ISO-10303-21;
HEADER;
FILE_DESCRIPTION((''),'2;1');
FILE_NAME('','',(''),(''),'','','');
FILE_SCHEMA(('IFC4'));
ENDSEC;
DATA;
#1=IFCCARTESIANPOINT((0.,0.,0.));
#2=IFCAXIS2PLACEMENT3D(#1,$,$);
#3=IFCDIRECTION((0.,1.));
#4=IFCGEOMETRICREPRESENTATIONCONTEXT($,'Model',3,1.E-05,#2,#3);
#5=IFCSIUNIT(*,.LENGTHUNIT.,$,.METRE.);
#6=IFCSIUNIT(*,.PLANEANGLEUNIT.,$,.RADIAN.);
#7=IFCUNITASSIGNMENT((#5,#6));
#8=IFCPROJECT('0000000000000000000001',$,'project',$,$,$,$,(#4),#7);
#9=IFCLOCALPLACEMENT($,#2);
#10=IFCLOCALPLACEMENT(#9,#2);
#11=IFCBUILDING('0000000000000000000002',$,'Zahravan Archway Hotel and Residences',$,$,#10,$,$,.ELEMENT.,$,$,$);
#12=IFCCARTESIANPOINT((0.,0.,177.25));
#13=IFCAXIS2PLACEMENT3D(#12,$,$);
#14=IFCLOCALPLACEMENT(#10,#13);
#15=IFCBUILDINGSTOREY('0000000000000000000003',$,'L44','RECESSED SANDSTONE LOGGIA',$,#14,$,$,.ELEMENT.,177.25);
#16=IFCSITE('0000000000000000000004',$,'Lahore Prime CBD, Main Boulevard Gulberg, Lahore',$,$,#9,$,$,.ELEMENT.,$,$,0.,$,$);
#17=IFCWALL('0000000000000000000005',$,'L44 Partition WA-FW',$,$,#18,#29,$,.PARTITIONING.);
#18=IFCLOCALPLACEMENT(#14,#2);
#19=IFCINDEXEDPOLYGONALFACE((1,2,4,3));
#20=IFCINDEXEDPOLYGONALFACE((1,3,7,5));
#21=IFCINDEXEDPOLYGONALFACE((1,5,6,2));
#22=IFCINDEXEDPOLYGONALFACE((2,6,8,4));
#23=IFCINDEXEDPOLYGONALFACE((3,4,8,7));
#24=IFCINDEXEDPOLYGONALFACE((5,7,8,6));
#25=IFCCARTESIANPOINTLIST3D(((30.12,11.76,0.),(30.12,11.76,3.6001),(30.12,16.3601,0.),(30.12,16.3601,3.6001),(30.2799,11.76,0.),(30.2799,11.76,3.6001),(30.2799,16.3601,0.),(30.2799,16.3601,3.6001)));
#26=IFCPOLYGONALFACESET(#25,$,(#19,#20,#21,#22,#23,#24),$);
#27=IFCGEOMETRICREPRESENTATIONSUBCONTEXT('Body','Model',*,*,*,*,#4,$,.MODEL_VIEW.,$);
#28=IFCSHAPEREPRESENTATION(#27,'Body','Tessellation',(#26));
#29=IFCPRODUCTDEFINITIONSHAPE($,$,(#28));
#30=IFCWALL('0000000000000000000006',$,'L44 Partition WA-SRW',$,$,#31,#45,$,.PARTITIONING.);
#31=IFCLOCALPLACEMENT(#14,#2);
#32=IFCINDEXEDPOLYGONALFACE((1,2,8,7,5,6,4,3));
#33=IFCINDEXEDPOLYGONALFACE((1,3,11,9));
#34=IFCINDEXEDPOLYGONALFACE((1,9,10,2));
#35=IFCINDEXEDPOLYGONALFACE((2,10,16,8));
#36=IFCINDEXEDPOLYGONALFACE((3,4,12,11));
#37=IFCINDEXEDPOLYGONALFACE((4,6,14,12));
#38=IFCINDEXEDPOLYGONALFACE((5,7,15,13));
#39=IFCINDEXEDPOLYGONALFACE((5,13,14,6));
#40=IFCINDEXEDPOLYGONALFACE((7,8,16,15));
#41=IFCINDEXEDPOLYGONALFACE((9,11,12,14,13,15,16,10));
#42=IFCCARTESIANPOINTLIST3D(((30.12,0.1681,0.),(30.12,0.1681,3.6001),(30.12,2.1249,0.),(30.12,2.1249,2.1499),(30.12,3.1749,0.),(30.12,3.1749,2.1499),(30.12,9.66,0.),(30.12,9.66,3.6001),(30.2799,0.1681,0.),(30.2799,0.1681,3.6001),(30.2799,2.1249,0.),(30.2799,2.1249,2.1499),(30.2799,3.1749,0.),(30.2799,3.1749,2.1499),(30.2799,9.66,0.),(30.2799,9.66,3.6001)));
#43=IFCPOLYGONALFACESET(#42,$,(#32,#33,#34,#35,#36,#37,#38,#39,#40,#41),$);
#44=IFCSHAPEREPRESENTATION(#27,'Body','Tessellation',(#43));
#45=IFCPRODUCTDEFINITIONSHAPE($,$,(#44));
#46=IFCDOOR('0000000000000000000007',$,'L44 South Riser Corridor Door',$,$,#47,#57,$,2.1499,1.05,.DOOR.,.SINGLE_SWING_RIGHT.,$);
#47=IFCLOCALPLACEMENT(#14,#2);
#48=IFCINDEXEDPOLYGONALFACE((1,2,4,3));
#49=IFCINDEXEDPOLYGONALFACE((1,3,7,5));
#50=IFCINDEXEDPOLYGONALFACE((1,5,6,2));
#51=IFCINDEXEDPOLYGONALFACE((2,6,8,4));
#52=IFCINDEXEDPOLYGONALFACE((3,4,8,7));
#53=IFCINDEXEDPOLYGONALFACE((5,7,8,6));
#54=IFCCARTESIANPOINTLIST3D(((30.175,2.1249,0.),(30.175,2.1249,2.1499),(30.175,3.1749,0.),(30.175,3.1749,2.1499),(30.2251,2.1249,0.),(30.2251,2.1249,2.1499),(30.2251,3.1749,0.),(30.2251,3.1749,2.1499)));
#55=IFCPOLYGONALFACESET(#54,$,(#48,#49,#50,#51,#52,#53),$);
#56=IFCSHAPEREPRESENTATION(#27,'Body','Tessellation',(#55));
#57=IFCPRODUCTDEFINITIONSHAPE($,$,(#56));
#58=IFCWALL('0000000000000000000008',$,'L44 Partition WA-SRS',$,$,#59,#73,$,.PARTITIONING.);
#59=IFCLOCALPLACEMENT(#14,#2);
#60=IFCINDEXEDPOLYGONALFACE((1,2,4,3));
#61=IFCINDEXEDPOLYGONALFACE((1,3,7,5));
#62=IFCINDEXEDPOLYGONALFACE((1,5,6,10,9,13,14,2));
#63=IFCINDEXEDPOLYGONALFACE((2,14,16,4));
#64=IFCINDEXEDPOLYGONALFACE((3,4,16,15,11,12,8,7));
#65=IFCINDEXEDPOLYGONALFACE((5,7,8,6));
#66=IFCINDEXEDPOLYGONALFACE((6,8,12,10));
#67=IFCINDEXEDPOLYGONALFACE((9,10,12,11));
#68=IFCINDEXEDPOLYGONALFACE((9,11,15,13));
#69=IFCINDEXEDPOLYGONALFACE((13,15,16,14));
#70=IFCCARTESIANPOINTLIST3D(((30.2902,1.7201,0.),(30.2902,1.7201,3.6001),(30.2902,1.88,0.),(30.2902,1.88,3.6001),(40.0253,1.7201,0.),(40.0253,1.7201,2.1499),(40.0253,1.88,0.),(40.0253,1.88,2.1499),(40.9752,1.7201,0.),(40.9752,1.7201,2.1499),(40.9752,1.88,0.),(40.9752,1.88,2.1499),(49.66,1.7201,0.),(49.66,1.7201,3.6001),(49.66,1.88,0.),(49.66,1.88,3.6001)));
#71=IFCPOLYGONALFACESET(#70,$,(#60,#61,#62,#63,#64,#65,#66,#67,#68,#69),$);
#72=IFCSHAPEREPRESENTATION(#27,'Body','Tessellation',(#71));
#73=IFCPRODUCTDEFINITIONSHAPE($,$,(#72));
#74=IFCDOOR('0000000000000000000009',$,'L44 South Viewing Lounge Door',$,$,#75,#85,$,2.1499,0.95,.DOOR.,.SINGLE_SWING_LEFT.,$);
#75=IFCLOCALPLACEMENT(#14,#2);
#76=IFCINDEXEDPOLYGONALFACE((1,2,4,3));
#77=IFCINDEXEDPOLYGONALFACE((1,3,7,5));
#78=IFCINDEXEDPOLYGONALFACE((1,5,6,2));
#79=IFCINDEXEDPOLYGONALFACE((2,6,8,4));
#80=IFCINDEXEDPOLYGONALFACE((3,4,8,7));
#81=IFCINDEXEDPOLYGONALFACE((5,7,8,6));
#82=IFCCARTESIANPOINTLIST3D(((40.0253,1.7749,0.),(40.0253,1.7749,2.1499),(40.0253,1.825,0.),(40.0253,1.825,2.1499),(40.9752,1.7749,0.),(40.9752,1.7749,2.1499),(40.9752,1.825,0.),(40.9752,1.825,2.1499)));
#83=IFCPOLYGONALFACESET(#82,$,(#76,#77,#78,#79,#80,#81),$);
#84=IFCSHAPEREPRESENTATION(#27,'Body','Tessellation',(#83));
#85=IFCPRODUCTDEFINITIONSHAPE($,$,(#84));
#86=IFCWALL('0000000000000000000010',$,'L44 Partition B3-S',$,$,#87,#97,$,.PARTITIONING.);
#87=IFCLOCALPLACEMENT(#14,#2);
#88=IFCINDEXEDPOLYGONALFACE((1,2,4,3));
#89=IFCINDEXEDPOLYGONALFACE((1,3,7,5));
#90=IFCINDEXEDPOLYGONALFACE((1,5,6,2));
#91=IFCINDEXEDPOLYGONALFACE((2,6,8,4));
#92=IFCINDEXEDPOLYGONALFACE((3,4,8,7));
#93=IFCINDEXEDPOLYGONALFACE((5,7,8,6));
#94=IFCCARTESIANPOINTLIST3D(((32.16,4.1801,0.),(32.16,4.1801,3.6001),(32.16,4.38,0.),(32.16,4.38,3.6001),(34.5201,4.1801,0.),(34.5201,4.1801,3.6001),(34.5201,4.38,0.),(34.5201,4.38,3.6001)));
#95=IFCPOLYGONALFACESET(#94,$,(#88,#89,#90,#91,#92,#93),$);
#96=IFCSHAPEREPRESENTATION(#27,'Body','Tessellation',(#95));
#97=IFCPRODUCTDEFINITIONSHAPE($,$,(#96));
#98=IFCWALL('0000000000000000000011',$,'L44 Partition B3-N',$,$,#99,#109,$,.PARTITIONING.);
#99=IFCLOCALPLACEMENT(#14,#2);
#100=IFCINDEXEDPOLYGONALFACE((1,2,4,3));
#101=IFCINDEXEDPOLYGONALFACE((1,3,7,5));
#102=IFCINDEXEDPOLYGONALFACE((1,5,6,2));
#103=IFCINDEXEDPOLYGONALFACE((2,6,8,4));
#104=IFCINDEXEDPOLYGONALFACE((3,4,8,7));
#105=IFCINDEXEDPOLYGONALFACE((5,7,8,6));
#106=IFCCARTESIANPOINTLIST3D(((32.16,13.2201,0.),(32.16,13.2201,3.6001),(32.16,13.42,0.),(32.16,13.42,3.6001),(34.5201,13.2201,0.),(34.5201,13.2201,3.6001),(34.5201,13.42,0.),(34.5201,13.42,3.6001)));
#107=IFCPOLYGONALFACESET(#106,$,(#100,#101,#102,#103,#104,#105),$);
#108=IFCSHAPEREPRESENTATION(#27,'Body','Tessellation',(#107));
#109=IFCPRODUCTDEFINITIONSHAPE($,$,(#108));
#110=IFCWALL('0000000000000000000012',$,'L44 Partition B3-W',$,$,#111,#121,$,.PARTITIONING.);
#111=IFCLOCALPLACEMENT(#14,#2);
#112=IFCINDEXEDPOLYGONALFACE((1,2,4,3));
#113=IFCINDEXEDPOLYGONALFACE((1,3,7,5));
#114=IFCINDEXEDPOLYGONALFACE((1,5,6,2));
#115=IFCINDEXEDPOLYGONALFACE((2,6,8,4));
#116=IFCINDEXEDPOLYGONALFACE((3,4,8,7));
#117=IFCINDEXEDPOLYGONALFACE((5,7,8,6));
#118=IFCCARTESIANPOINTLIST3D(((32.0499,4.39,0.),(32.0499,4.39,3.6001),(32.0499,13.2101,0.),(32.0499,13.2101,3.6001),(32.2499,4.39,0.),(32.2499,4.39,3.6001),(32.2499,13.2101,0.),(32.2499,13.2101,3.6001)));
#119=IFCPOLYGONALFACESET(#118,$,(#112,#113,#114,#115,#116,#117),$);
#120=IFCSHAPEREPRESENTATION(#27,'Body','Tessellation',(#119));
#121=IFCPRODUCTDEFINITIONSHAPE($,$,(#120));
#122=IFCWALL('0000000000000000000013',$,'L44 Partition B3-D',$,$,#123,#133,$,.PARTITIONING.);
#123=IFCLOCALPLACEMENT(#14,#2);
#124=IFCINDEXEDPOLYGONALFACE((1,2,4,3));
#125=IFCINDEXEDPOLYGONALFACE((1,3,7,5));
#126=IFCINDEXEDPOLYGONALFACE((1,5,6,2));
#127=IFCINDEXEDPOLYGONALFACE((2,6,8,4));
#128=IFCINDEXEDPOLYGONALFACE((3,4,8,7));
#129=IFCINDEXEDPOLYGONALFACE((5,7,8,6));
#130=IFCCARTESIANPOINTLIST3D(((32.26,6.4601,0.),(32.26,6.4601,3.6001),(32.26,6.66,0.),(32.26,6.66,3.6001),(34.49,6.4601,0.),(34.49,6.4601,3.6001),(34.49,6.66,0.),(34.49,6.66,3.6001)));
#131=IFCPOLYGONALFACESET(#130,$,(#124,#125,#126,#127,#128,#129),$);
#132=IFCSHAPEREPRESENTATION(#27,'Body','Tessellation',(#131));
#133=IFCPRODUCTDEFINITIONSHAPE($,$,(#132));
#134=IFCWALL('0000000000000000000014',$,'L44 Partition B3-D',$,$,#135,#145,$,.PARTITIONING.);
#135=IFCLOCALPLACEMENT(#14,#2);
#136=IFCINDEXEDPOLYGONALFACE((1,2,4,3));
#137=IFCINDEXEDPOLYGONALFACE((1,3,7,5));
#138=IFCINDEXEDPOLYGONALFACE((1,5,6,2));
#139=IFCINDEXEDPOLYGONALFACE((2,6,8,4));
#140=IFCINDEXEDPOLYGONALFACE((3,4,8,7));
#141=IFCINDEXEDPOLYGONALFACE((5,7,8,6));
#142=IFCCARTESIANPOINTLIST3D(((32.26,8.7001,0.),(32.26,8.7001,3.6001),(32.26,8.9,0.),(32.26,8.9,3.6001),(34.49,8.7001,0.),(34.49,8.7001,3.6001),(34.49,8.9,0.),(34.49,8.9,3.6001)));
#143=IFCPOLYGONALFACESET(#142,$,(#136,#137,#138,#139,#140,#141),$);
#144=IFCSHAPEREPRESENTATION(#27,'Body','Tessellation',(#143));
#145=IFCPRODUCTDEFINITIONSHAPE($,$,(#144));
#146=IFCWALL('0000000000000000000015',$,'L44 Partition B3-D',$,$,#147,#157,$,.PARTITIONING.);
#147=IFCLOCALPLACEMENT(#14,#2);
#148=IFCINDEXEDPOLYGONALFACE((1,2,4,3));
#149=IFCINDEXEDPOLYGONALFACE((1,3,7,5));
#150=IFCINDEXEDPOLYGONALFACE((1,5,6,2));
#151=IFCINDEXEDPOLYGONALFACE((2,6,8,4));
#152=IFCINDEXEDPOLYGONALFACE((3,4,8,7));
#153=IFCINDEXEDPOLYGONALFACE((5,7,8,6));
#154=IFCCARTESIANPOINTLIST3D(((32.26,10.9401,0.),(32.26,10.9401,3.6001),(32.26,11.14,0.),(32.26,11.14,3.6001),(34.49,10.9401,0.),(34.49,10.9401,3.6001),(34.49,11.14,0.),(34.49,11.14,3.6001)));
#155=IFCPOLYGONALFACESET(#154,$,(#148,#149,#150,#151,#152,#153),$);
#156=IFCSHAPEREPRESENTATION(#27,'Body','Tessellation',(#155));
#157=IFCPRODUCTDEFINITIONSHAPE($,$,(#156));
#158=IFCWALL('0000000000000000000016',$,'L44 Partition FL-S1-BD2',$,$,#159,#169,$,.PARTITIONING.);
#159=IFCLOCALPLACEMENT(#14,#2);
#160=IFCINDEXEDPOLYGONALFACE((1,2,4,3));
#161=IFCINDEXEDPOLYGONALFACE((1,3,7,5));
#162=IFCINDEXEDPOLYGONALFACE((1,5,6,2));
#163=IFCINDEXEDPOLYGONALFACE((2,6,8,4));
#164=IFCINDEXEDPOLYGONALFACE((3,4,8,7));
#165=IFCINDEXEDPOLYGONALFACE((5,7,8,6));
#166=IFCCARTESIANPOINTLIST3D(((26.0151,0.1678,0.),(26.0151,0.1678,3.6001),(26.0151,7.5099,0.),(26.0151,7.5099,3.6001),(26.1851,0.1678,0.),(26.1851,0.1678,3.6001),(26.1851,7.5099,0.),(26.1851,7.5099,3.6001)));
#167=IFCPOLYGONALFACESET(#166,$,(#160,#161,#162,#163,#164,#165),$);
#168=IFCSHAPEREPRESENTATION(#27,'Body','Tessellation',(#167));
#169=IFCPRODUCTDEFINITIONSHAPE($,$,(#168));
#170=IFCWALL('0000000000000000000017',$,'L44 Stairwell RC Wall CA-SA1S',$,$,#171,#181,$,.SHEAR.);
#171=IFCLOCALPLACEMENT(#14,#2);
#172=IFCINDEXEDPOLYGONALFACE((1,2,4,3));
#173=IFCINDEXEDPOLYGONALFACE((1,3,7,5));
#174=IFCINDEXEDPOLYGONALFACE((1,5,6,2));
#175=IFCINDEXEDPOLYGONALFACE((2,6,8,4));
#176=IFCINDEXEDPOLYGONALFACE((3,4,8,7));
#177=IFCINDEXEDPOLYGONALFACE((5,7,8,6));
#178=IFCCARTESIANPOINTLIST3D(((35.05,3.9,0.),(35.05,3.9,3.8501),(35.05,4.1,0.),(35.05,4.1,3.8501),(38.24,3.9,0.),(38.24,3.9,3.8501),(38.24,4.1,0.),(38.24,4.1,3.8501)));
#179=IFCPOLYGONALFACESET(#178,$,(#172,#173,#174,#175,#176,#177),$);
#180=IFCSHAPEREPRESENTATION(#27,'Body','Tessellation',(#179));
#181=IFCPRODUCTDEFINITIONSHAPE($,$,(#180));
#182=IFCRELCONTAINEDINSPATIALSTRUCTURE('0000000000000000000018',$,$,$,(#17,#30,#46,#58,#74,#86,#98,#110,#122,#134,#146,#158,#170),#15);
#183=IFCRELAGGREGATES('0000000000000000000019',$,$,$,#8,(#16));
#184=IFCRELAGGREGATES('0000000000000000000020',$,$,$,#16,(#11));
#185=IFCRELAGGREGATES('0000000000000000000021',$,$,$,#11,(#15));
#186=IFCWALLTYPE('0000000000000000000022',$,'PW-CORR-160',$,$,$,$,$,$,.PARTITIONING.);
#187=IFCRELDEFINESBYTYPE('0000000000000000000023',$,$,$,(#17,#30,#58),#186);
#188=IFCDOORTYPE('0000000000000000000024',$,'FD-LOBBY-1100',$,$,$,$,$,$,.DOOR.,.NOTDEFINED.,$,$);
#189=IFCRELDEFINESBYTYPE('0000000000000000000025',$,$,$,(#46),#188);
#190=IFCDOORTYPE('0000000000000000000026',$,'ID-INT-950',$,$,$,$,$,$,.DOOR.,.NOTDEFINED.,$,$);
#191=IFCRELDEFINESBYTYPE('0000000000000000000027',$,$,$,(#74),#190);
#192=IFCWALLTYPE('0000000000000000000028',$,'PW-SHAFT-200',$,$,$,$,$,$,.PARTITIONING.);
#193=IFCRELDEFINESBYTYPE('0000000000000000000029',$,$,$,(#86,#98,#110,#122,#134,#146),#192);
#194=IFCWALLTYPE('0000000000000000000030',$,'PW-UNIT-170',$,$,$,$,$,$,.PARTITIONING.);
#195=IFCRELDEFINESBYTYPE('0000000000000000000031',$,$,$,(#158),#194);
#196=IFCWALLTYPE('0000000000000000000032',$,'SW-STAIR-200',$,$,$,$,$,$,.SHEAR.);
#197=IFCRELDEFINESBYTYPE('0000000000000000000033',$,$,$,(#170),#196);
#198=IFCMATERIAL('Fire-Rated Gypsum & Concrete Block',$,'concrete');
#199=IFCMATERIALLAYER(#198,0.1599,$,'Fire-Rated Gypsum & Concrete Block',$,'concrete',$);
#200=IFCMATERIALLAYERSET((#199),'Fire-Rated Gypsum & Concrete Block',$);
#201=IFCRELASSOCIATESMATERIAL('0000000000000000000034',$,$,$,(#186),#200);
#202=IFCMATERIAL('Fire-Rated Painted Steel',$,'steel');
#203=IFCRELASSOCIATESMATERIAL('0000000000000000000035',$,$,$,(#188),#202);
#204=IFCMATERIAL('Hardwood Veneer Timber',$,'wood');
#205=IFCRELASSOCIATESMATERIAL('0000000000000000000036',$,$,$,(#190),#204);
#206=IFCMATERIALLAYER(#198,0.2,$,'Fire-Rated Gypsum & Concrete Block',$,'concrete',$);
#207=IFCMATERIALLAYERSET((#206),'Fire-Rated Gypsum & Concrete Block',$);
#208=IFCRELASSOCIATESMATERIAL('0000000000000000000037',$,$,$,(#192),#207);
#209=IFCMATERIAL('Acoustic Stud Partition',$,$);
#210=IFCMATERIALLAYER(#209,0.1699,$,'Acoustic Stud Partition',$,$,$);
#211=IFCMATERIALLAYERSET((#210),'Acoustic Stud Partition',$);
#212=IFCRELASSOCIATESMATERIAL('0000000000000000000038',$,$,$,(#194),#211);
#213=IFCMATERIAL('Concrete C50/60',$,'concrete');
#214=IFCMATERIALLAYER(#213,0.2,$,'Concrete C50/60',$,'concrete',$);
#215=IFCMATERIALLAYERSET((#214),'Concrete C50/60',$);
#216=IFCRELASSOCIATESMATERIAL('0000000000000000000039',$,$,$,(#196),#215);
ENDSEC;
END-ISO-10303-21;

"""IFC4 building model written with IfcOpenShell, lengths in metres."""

from ifc_helpers import new_model, si_unit, direction, frame, frame_2d, origin, place, context, subcontext, project, spatial, rectangle, extrude, source, transform, mapped, material, layer, layer_set, type_object, type_shapes, element, fill, save


model = new_model("IFC4")

# Units and contexts
model_context = context("Model", 3, precision=1e-05, world=origin(), true_north=direction((0.0, 1.0)))
body_context = subcontext(model_context, "Body", "Model", "MODEL_VIEW")
ifc_project = project(units=[si_unit("LENGTHUNIT", "METRE"), si_unit("PLANEANGLEUNIT", "RADIAN")], contexts=[model_context])

# Site, building, storey
site_placement = place(None, origin())
site = spatial("IfcSite", under=ifc_project, at=site_placement, Name="Lahore Prime CBD, Main Boulevard Gulberg, Lahore", CompositionType="ELEMENT", RefElevation=0.0)
building_placement = place(site_placement, origin())
building = spatial("IfcBuilding", under=site, at=building_placement, Name="Zahravan Archway Hotel and Residences", CompositionType="ELEMENT")
storey_placement = place(building_placement, frame((0.0, 0.0, 177.25)))
storey = spatial("IfcBuildingStorey", under=building, at=storey_placement, Name="L44", Description="RECESSED SANDSTONE LOGGIA", CompositionType="ELEMENT", Elevation=177.25)

# Shared definitions
ifc_material_1 = material(Name="Fire-Rated Painted Steel", Category="steel")

# Wall
ifc_material_2 = material(Name="Fire-Rated Gypsum & Concrete Block", Category="concrete")
ifc_layer_1 = layer(ifc_material_2, 0.1599, Name="Fire-Rated Gypsum & Concrete Block", Category="concrete")
ifc_layer_set_1 = layer_set([ifc_layer_1], Name="Fire-Rated Gypsum & Concrete Block")
wall_type_1 = type_object("IfcWallType", Name="PW-CORR-160", PredefinedType="PARTITIONING", material=ifc_layer_set_1)
wall_1_placement = place(storey_placement, frame((30.2, 11.76, 0.0), z_axis=(0.0, 0.0, 1.0), x_axis=(0.0, 1.0, 0.0)))
element("IfcWall", 1, at=wall_1_placement, inside=storey, type_object=wall_type_1, Name="L44 Partition WA-FW", PredefinedType="PARTITIONING", context=body_context, shape_type="SweptSolid", body=[
    extrude(rectangle(XDim=4.6001, YDim=0.1599, at=frame_2d((2.3, 0.0))), origin(), (0.0, 0.0, 1.0), 3.6001),
])

# Walls, openings, doors
wall_2_placement = place(storey_placement, frame((30.2, 0.168, 0.0), z_axis=(0.0, 0.0, 1.0), x_axis=(0.0, 1.0, 0.0)))
wall_2 = element("IfcWall", 2, at=wall_2_placement, inside=storey, type_object=wall_type_1, Name="L44 Partition WA-SRW", PredefinedType="PARTITIONING", context=body_context, shape_type="SweptSolid", body=[
    extrude(rectangle(XDim=9.4919, YDim=0.1599, at=frame_2d((4.7461, 0.0))), origin(), (0.0, 0.0, 1.0), 3.6001),
])
opening_1_placement = place(wall_2_placement, frame((1.957, 0.0, 0.0)))
opening_1 = element("IfcOpeningElement", 3, at=opening_1_placement, cuts=wall_2, PredefinedType="OPENING", context=body_context, shape_type="SweptSolid", body=[
    extrude(rectangle(XDim=1.05, YDim=2.1499, at=frame_2d((0.5249, 1.075))), frame((0.0, 0.0898, 0.0), z_axis=(0.0, -1.0, 0.0), x_axis=(1.0, 0.0, 0.0)), (0.0, 0.0, 1.0), 0.1799),
])
door_type_1 = type_object("IfcDoorType", Name="FD-LOBBY-1100", OperationType="NOTDEFINED", PredefinedType="DOOR", material=ifc_material_1)
shared_shape_1 = source(origin(), body_context, "Body", "SweptSolid", [
    extrude(rectangle(XDim=1.05, YDim=2.1499, at=frame_2d((0.5249, 1.075))), frame((0.0, 0.0249, 0.0), z_axis=(0.0, -1.0, 0.0), x_axis=(1.0, 0.0, 0.0)), (0.0, 0.0, 1.0), 0.05),
])
type_shapes(door_type_1, [shared_shape_1])
door_1_placement = place(opening_1_placement, origin())
door_1 = element("IfcDoor", 4, at=door_1_placement, inside=storey, type_object=door_type_1, Name="L44 South Riser Corridor Door", OperationType="SINGLE_SWING_RIGHT", OverallHeight=2.1499, OverallWidth=1.05, PredefinedType="DOOR", context=body_context, shape_type="MappedRepresentation", body=[
    mapped(shared_shape_1, transform((0.0, 0.0, 0.0), scale=1.0)),
])
fill(opening_1, door_1)
wall_3_placement = place(storey_placement, frame((30.29, 1.8, 0.0), z_axis=(0.0, 0.0, 1.0), x_axis=(1.0, 0.0, 0.0)))
wall_3 = element("IfcWall", 5, at=wall_3_placement, inside=storey, type_object=wall_type_1, Name="L44 Partition WA-SRS", PredefinedType="PARTITIONING", context=body_context, shape_type="SweptSolid", body=[
    extrude(rectangle(XDim=19.3699, YDim=0.1599, at=frame_2d((9.6851, 0.0))), origin(), (0.0, 0.0, 1.0), 3.6001),
])
opening_2_placement = place(wall_3_placement, frame((9.7351, 0.0, 0.0)))
opening_2 = element("IfcOpeningElement", 6, at=opening_2_placement, cuts=wall_3, PredefinedType="OPENING", context=body_context, shape_type="SweptSolid", body=[
    extrude(rectangle(XDim=0.95, YDim=2.1499, at=frame_2d((0.4751, 1.075))), frame((0.0, 0.0898, 0.0), z_axis=(0.0, -1.0, 0.0), x_axis=(1.0, 0.0, 0.0)), (0.0, 0.0, 1.0), 0.1799),
])
ifc_material_3 = material(Name="Hardwood Veneer Timber", Category="wood")
door_type_2 = type_object("IfcDoorType", Name="ID-INT-950", OperationType="NOTDEFINED", PredefinedType="DOOR", material=ifc_material_3)
shared_shape_2 = source(origin(), body_context, "Body", "SweptSolid", [
    extrude(rectangle(XDim=0.95, YDim=2.1499, at=frame_2d((0.4751, 1.075))), frame((0.0, 0.0249, 0.0), z_axis=(0.0, -1.0, 0.0), x_axis=(1.0, 0.0, 0.0)), (0.0, 0.0, 1.0), 0.05),
])
type_shapes(door_type_2, [shared_shape_2])
door_2_placement = place(opening_2_placement, origin())
door_2 = element("IfcDoor", 7, at=door_2_placement, inside=storey, type_object=door_type_2, Name="L44 South Viewing Lounge Door", OperationType="SINGLE_SWING_LEFT", OverallHeight=2.1499, OverallWidth=0.95, PredefinedType="DOOR", context=body_context, shape_type="MappedRepresentation", body=[
    mapped(shared_shape_2, transform((0.0, 0.0, 0.0), scale=1.0)),
])
fill(opening_2, door_2)

# Walls
ifc_layer_2 = layer(ifc_material_2, 0.2, Name="Fire-Rated Gypsum & Concrete Block", Category="concrete")
ifc_layer_set_2 = layer_set([ifc_layer_2], Name="Fire-Rated Gypsum & Concrete Block")
wall_type_2 = type_object("IfcWallType", Name="PW-SHAFT-200", PredefinedType="PARTITIONING", material=ifc_layer_set_2)
for number, where, z_axis, x_axis, name in (
    (8, (32.1599, 4.28, 0.0), (0.0, 0.0, 1.0), (1.0, 0.0, 0.0), "L44 Partition B3-S"),
    (9, (32.1599, 13.3201, 0.0), (0.0, 0.0, 1.0), (1.0, 0.0, 0.0), "L44 Partition B3-N"),
):
    element("IfcWall", number, at=place(storey_placement, frame(where, z_axis=z_axis, x_axis=x_axis)), inside=storey, type_object=wall_type_2, Name=name, PredefinedType="PARTITIONING", context=body_context, shape_type="SweptSolid", body=[
        extrude(rectangle(XDim=2.3601, YDim=0.2, at=frame_2d((1.1802, 0.0))), origin(), (0.0, 0.0, 1.0), 3.6001),
    ])
wall_4_placement = place(storey_placement, frame((32.1499, 4.3899, 0.0), z_axis=(0.0, 0.0, 1.0), x_axis=(0.0, 1.0, 0.0)))
element("IfcWall", 10, at=wall_4_placement, inside=storey, type_object=wall_type_2, Name="L44 Partition B3-W", PredefinedType="PARTITIONING", context=body_context, shape_type="SweptSolid", body=[
    extrude(rectangle(XDim=8.8201, YDim=0.2, at=frame_2d((4.4102, 0.0))), origin(), (0.0, 0.0, 1.0), 3.6001),
])
for number, where, z_axis, x_axis, name in (
    (11, (32.26, 6.5601, 0.0), (0.0, 0.0, 1.0), (1.0, 0.0, 0.0), "L44 Partition B3-D"),
    (12, (32.26, 8.8, 0.0), (0.0, 0.0, 1.0), (1.0, 0.0, 0.0), "L44 Partition B3-D"),
    (13, (32.26, 11.04, 0.0), (0.0, 0.0, 1.0), (1.0, 0.0, 0.0), "L44 Partition B3-D"),
):
    element("IfcWall", number, at=place(storey_placement, frame(where, z_axis=z_axis, x_axis=x_axis)), inside=storey, type_object=wall_type_2, Name=name, PredefinedType="PARTITIONING", context=body_context, shape_type="SweptSolid", body=[
        extrude(rectangle(XDim=2.23, YDim=0.2, at=frame_2d((1.115, 0.0))), origin(), (0.0, 0.0, 1.0), 3.6001),
    ])
ifc_material_4 = material(Name="Acoustic Stud Partition")
ifc_layer_3 = layer(ifc_material_4, 0.1699, Name="Acoustic Stud Partition")
ifc_layer_set_3 = layer_set([ifc_layer_3], Name="Acoustic Stud Partition")
wall_type_3 = type_object("IfcWallType", Name="PW-UNIT-170", PredefinedType="PARTITIONING", material=ifc_layer_set_3)
wall_5_placement = place(storey_placement, frame((26.1001, 0.168, 0.0), z_axis=(0.0, 0.0, 1.0), x_axis=(0.0, 1.0, 0.0)))
element("IfcWall", 14, at=wall_5_placement, inside=storey, type_object=wall_type_3, Name="L44 Partition FL-S1-BD2", PredefinedType="PARTITIONING", context=body_context, shape_type="SweptSolid", body=[
    extrude(rectangle(XDim=7.342, YDim=0.1699, at=frame_2d((3.6709, 0.0))), origin(), (0.0, 0.0, 1.0), 3.6001),
])
ifc_material_5 = material(Name="Concrete C50/60", Category="concrete")
ifc_layer_4 = layer(ifc_material_5, 0.2, Name="Concrete C50/60", Category="concrete")
ifc_layer_set_4 = layer_set([ifc_layer_4], Name="Concrete C50/60")
wall_type_4 = type_object("IfcWallType", Name="SW-STAIR-200", PredefinedType="SHEAR", material=ifc_layer_set_4)
wall_6_placement = place(storey_placement, frame((35.05, 4.0, 0.0), z_axis=(0.0, 0.0, 1.0), x_axis=(1.0, 0.0, 0.0)))
element("IfcWall", 15, at=wall_6_placement, inside=storey, type_object=wall_type_4, Name="L44 Stairwell RC Wall CA-SA1S", PredefinedType="SHEAR", context=body_context, shape_type="SweptSolid", body=[
    extrude(rectangle(XDim=3.1899, YDim=0.2, at=frame_2d((1.595, 0.0))), origin(), (0.0, 0.0, 1.0), 3.8501),
])

save(model, "model.ifc")
